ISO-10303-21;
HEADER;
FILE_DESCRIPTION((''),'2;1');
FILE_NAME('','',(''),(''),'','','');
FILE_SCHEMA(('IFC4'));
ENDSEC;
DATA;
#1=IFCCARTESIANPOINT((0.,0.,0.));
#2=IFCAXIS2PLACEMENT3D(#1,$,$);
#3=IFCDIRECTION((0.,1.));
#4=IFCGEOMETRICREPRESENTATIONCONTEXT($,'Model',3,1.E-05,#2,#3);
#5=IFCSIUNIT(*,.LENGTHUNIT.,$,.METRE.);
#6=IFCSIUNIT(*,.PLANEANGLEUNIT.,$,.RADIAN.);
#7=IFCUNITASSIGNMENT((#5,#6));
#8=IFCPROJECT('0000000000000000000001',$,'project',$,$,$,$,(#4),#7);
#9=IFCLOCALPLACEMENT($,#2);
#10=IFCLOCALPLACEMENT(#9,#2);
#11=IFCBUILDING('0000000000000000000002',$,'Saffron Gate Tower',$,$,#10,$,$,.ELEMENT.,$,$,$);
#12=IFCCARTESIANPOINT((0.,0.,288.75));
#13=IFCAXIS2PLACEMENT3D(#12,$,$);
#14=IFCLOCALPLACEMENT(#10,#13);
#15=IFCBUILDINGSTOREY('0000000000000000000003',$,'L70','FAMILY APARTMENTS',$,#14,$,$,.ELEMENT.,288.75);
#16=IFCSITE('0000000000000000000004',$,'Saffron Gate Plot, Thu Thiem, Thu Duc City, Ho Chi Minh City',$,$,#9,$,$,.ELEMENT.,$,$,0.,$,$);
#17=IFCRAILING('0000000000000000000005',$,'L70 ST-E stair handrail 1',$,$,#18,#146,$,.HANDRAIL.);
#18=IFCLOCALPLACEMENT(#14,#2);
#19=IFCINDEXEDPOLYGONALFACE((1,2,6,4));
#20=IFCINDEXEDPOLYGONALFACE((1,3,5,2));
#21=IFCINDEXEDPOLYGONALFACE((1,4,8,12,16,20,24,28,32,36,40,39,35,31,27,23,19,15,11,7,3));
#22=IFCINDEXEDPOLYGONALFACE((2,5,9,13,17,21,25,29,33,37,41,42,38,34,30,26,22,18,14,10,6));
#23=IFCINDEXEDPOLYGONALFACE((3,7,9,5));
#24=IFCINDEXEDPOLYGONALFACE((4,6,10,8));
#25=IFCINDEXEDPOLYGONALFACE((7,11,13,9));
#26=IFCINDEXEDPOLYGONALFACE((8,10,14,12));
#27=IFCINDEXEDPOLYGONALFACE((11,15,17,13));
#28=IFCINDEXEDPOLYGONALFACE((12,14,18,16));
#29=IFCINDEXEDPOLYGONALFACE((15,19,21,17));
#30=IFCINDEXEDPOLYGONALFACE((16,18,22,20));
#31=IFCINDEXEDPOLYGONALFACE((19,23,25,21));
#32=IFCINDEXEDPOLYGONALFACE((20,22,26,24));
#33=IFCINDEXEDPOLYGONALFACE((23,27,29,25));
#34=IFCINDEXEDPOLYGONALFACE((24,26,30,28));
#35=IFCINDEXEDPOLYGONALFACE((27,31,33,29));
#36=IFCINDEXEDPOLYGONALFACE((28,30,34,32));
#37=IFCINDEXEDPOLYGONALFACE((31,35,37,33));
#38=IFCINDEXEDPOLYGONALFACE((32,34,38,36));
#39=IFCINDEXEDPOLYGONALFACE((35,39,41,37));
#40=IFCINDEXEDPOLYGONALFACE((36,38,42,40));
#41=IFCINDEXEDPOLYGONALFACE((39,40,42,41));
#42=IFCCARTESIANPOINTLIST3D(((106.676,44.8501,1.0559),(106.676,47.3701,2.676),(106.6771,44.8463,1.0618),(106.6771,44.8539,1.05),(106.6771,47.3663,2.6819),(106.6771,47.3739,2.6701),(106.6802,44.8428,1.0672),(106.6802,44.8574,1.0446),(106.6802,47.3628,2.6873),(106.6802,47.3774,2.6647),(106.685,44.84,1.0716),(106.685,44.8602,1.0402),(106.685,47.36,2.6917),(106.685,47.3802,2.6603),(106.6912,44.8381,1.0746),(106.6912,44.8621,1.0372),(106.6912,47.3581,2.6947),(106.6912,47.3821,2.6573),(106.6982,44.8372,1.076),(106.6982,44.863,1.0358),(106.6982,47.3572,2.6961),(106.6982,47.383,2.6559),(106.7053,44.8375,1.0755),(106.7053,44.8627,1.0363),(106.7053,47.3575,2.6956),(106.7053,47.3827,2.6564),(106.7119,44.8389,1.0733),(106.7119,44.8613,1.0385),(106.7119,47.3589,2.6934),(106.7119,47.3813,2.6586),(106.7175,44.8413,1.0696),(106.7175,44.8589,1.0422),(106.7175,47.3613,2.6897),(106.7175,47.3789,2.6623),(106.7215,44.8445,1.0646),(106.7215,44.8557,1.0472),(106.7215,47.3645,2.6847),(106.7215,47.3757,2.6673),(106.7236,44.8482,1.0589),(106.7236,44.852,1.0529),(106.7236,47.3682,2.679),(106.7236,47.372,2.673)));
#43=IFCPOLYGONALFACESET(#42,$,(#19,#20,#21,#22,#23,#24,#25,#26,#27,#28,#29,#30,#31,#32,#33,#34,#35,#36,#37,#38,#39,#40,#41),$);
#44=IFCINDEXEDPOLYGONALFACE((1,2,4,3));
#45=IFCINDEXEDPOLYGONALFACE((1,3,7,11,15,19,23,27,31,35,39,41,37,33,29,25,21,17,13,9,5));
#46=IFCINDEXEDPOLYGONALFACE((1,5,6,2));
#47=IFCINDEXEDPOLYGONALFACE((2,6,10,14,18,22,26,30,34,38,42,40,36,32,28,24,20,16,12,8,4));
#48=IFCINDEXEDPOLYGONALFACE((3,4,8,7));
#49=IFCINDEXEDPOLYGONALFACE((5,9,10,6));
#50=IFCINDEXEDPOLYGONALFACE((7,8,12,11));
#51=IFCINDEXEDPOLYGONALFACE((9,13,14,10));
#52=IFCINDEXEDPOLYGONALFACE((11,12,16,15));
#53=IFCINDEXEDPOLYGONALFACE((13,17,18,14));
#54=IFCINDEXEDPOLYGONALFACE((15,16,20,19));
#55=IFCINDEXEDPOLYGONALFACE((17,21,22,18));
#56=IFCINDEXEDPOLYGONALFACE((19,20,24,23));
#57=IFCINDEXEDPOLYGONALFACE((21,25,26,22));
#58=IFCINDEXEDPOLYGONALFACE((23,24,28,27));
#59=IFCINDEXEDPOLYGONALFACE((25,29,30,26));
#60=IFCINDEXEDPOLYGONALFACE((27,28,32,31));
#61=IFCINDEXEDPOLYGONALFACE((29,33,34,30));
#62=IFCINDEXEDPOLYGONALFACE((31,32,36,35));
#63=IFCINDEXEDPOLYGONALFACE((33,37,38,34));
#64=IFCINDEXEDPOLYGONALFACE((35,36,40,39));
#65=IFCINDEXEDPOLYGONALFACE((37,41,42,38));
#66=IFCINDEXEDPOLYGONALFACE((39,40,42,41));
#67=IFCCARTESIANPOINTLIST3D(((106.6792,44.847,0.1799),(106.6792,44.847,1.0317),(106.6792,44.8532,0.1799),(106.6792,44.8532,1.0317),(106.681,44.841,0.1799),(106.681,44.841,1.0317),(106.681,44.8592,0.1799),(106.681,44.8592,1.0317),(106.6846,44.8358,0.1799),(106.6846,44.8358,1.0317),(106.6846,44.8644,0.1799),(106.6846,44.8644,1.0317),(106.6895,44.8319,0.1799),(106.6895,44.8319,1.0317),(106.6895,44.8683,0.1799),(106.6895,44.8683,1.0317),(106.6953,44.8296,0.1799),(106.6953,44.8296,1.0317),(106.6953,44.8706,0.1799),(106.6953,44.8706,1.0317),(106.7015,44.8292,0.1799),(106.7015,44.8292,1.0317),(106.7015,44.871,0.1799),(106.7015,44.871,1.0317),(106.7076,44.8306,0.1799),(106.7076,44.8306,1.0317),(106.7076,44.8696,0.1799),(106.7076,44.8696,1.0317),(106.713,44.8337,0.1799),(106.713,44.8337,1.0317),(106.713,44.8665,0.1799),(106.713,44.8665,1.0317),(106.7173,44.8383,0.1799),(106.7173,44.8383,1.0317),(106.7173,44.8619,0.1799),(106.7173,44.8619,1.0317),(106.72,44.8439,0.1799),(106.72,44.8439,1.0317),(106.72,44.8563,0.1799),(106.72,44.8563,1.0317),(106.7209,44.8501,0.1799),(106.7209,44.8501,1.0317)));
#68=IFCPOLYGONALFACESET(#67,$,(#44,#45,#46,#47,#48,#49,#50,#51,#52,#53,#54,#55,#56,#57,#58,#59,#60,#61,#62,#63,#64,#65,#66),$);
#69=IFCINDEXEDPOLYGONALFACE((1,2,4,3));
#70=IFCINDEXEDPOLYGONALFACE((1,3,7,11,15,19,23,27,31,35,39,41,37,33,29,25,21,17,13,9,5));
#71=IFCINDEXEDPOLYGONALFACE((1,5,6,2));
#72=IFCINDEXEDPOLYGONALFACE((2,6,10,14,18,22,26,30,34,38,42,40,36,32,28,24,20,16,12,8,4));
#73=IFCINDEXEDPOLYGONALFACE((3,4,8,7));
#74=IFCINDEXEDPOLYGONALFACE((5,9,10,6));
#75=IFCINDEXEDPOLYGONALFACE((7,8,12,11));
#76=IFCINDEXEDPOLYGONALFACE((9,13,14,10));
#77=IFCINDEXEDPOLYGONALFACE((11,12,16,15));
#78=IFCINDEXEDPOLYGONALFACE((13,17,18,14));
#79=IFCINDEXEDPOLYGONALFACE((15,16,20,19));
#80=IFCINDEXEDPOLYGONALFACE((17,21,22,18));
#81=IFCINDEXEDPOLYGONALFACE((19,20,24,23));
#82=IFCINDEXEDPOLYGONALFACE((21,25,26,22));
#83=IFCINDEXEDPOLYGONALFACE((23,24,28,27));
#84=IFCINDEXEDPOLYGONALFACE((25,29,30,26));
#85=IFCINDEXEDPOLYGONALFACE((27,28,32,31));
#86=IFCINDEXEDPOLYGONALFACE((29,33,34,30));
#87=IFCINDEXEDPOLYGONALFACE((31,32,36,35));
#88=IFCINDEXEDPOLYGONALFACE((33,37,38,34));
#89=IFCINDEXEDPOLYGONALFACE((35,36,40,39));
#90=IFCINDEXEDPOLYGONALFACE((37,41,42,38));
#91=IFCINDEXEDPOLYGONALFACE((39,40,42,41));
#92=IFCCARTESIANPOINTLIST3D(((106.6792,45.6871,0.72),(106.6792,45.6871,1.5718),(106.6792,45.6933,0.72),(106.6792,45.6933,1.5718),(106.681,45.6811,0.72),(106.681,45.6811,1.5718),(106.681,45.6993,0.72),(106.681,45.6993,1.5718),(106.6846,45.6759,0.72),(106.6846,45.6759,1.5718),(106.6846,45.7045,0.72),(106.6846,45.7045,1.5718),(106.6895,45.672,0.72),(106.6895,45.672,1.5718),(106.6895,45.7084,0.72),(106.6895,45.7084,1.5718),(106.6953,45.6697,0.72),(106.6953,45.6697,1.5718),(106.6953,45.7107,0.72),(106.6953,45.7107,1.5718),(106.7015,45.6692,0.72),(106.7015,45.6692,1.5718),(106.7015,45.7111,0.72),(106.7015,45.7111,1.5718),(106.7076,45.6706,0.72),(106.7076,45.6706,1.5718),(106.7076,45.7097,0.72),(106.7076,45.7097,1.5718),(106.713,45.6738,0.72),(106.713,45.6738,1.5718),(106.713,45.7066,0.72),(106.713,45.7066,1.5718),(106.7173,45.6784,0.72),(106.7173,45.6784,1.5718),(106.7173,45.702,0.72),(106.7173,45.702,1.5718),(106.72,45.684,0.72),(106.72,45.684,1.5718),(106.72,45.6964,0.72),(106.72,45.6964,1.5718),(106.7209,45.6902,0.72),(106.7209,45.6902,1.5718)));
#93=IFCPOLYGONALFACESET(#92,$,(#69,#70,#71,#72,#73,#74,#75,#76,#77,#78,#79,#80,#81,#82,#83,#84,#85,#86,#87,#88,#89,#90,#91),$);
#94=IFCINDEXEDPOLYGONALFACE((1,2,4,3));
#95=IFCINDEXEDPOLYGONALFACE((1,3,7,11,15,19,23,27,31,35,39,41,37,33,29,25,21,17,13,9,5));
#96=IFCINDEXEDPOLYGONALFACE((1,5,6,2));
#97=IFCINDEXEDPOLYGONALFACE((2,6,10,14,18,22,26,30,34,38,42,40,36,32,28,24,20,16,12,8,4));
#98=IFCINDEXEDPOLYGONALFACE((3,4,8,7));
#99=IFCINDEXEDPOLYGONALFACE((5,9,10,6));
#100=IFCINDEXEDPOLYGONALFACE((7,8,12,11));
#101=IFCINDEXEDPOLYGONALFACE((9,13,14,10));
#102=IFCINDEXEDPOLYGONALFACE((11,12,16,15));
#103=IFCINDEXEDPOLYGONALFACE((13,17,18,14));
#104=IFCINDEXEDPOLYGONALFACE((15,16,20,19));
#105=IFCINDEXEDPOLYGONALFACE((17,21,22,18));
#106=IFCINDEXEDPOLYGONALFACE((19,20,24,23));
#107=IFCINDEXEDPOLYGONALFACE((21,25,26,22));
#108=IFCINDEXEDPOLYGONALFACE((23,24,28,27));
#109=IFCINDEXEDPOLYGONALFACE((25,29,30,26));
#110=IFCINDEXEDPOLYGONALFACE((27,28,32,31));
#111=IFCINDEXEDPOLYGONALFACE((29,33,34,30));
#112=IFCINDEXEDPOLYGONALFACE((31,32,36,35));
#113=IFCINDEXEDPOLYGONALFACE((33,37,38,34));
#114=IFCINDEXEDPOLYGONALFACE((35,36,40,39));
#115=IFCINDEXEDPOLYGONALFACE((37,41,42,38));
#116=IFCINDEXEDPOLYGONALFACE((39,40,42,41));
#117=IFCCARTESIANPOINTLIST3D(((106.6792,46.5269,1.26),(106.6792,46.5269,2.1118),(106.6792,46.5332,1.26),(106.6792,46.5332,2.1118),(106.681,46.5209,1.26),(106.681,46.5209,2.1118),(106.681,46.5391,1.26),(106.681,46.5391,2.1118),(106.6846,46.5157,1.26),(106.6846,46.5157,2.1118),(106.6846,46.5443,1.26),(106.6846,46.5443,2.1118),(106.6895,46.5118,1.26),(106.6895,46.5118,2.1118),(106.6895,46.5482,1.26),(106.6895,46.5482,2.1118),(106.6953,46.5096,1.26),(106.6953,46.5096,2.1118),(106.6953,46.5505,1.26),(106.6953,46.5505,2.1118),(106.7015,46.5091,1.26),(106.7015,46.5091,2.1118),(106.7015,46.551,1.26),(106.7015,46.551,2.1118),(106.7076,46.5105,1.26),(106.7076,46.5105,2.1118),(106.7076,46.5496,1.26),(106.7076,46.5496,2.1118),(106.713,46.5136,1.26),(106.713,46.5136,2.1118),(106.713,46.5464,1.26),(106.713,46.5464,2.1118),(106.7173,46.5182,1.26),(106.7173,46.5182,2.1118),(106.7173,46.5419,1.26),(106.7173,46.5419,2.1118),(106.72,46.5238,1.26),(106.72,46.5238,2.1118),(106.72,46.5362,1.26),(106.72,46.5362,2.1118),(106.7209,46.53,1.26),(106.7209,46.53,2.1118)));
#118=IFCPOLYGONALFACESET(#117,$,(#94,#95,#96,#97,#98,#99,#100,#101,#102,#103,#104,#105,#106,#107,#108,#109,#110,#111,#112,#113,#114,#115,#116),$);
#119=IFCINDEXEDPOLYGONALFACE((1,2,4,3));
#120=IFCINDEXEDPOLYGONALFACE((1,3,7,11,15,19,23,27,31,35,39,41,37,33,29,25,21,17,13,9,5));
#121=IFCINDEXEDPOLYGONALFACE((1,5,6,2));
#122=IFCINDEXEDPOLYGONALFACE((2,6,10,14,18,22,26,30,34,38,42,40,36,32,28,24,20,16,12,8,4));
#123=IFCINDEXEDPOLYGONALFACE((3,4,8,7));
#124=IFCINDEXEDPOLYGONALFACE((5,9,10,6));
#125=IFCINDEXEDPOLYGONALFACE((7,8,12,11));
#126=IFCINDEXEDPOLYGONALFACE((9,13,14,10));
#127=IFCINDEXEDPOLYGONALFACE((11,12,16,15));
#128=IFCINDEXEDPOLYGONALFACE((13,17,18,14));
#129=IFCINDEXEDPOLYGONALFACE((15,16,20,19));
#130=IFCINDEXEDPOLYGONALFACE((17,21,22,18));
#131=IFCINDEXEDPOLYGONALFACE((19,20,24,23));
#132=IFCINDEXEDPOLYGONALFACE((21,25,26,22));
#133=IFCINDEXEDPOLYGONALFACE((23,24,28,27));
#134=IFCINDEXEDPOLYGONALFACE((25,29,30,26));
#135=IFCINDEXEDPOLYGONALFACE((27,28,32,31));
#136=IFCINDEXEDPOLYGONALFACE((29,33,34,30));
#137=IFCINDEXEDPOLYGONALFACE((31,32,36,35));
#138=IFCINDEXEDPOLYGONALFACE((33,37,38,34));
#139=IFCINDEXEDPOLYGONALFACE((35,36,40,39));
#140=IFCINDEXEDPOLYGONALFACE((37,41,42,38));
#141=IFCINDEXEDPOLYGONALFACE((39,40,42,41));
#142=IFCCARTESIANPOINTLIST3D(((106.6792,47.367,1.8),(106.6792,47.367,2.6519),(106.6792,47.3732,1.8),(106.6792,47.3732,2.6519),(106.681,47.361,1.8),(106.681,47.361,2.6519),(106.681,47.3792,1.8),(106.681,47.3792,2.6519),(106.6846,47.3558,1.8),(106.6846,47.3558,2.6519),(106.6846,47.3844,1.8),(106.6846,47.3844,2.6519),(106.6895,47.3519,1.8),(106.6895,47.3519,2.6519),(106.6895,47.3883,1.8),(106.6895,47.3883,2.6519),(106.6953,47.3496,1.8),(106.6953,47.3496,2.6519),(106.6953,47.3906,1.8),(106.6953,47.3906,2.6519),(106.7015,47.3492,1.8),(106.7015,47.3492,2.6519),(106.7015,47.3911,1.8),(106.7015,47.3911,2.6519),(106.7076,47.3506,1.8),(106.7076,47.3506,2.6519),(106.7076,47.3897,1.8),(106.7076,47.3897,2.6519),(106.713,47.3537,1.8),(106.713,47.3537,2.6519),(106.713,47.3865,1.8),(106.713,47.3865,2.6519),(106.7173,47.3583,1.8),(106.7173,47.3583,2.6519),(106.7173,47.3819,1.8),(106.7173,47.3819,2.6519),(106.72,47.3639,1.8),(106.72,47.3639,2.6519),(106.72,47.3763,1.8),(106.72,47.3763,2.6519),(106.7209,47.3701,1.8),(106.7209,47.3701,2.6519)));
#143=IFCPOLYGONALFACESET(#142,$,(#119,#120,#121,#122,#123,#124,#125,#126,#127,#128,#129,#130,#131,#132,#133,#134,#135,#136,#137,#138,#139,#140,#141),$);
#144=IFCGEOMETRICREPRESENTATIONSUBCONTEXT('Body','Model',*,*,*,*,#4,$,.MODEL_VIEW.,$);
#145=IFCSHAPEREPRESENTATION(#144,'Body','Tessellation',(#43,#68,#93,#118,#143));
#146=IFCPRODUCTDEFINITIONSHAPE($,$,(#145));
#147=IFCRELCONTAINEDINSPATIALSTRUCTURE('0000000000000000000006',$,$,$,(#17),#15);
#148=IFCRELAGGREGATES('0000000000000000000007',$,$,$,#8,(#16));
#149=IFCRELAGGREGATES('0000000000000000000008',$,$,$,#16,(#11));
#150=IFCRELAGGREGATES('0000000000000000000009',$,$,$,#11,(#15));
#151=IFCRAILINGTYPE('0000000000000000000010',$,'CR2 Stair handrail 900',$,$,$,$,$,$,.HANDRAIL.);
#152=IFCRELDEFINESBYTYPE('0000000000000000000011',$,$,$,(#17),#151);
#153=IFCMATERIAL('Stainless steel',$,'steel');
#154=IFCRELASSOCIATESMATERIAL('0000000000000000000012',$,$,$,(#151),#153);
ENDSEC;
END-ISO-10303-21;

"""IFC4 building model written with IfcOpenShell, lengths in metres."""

from ifc_helpers import new_model, si_unit, direction, frame, origin, origin_2d, place, context, subcontext, project, spatial, circle, extrude, material, type_object, element, save


model = new_model("IFC4")

# Units and contexts
model_context = context("Model", 3, precision=1e-05, world=origin(), true_north=direction((0.0, 1.0)))
body_context = subcontext(model_context, "Body", "Model", "MODEL_VIEW")
ifc_project = project(units=[si_unit("LENGTHUNIT", "METRE"), si_unit("PLANEANGLEUNIT", "RADIAN")], contexts=[model_context])

# Site, building, storey
site_placement = place(None, origin())
site = spatial("IfcSite", under=ifc_project, at=site_placement, Name="Saffron Gate Plot, Thu Thiem, Thu Duc City, Ho Chi Minh City", CompositionType="ELEMENT", RefElevation=0.0)
building_placement = place(site_placement, origin())
building = spatial("IfcBuilding", under=site, at=building_placement, Name="Saffron Gate Tower", CompositionType="ELEMENT")
storey_placement = place(building_placement, frame((0.0, 0.0, 288.75)))
storey = spatial("IfcBuildingStorey", under=building, at=storey_placement, Name="L70", Description="FAMILY APARTMENTS", CompositionType="ELEMENT", Elevation=288.75)

# Railing
ifc_material_1 = material(Name="Stainless steel", Category="steel")
railing_type_1 = type_object("IfcRailingType", Name="CR2 Stair handrail 900", PredefinedType="HANDRAIL", material=ifc_material_1)
railing_1_placement = place(storey_placement, frame((106.7, 44.8501, 0.1799)))
element("IfcRailing", 1, at=railing_1_placement, inside=storey, type_object=railing_type_1, Name="L70 ST-E stair handrail 1", PredefinedType="HANDRAIL", context=body_context, shape_type="SweptSolid", body=[
    extrude(circle(Radius=0.0239, at=origin_2d()), frame((0.0, 0.0, 0.876), z_axis=(0.0, 0.841163, 0.540782), x_axis=(-1.0, 0.0, 0.0)), (0.0, 0.0, 1.0), 2.9958),
    extrude(circle(Radius=0.021, at=origin_2d()), origin(), (0.0, 0.0, 1.0), 0.8518),
    extrude(circle(Radius=0.021, at=origin_2d()), frame((0.0, 0.8401, 0.54)), (0.0, 0.0, 1.0), 0.8518),
    extrude(circle(Radius=0.021, at=origin_2d()), frame((0.0, 1.6799, 1.0801)), (0.0, 0.0, 1.0), 0.8518),
    extrude(circle(Radius=0.021, at=origin_2d()), frame((0.0, 2.52, 1.6201)), (0.0, 0.0, 1.0), 0.8518),
])

save(model, "model.ifc")
